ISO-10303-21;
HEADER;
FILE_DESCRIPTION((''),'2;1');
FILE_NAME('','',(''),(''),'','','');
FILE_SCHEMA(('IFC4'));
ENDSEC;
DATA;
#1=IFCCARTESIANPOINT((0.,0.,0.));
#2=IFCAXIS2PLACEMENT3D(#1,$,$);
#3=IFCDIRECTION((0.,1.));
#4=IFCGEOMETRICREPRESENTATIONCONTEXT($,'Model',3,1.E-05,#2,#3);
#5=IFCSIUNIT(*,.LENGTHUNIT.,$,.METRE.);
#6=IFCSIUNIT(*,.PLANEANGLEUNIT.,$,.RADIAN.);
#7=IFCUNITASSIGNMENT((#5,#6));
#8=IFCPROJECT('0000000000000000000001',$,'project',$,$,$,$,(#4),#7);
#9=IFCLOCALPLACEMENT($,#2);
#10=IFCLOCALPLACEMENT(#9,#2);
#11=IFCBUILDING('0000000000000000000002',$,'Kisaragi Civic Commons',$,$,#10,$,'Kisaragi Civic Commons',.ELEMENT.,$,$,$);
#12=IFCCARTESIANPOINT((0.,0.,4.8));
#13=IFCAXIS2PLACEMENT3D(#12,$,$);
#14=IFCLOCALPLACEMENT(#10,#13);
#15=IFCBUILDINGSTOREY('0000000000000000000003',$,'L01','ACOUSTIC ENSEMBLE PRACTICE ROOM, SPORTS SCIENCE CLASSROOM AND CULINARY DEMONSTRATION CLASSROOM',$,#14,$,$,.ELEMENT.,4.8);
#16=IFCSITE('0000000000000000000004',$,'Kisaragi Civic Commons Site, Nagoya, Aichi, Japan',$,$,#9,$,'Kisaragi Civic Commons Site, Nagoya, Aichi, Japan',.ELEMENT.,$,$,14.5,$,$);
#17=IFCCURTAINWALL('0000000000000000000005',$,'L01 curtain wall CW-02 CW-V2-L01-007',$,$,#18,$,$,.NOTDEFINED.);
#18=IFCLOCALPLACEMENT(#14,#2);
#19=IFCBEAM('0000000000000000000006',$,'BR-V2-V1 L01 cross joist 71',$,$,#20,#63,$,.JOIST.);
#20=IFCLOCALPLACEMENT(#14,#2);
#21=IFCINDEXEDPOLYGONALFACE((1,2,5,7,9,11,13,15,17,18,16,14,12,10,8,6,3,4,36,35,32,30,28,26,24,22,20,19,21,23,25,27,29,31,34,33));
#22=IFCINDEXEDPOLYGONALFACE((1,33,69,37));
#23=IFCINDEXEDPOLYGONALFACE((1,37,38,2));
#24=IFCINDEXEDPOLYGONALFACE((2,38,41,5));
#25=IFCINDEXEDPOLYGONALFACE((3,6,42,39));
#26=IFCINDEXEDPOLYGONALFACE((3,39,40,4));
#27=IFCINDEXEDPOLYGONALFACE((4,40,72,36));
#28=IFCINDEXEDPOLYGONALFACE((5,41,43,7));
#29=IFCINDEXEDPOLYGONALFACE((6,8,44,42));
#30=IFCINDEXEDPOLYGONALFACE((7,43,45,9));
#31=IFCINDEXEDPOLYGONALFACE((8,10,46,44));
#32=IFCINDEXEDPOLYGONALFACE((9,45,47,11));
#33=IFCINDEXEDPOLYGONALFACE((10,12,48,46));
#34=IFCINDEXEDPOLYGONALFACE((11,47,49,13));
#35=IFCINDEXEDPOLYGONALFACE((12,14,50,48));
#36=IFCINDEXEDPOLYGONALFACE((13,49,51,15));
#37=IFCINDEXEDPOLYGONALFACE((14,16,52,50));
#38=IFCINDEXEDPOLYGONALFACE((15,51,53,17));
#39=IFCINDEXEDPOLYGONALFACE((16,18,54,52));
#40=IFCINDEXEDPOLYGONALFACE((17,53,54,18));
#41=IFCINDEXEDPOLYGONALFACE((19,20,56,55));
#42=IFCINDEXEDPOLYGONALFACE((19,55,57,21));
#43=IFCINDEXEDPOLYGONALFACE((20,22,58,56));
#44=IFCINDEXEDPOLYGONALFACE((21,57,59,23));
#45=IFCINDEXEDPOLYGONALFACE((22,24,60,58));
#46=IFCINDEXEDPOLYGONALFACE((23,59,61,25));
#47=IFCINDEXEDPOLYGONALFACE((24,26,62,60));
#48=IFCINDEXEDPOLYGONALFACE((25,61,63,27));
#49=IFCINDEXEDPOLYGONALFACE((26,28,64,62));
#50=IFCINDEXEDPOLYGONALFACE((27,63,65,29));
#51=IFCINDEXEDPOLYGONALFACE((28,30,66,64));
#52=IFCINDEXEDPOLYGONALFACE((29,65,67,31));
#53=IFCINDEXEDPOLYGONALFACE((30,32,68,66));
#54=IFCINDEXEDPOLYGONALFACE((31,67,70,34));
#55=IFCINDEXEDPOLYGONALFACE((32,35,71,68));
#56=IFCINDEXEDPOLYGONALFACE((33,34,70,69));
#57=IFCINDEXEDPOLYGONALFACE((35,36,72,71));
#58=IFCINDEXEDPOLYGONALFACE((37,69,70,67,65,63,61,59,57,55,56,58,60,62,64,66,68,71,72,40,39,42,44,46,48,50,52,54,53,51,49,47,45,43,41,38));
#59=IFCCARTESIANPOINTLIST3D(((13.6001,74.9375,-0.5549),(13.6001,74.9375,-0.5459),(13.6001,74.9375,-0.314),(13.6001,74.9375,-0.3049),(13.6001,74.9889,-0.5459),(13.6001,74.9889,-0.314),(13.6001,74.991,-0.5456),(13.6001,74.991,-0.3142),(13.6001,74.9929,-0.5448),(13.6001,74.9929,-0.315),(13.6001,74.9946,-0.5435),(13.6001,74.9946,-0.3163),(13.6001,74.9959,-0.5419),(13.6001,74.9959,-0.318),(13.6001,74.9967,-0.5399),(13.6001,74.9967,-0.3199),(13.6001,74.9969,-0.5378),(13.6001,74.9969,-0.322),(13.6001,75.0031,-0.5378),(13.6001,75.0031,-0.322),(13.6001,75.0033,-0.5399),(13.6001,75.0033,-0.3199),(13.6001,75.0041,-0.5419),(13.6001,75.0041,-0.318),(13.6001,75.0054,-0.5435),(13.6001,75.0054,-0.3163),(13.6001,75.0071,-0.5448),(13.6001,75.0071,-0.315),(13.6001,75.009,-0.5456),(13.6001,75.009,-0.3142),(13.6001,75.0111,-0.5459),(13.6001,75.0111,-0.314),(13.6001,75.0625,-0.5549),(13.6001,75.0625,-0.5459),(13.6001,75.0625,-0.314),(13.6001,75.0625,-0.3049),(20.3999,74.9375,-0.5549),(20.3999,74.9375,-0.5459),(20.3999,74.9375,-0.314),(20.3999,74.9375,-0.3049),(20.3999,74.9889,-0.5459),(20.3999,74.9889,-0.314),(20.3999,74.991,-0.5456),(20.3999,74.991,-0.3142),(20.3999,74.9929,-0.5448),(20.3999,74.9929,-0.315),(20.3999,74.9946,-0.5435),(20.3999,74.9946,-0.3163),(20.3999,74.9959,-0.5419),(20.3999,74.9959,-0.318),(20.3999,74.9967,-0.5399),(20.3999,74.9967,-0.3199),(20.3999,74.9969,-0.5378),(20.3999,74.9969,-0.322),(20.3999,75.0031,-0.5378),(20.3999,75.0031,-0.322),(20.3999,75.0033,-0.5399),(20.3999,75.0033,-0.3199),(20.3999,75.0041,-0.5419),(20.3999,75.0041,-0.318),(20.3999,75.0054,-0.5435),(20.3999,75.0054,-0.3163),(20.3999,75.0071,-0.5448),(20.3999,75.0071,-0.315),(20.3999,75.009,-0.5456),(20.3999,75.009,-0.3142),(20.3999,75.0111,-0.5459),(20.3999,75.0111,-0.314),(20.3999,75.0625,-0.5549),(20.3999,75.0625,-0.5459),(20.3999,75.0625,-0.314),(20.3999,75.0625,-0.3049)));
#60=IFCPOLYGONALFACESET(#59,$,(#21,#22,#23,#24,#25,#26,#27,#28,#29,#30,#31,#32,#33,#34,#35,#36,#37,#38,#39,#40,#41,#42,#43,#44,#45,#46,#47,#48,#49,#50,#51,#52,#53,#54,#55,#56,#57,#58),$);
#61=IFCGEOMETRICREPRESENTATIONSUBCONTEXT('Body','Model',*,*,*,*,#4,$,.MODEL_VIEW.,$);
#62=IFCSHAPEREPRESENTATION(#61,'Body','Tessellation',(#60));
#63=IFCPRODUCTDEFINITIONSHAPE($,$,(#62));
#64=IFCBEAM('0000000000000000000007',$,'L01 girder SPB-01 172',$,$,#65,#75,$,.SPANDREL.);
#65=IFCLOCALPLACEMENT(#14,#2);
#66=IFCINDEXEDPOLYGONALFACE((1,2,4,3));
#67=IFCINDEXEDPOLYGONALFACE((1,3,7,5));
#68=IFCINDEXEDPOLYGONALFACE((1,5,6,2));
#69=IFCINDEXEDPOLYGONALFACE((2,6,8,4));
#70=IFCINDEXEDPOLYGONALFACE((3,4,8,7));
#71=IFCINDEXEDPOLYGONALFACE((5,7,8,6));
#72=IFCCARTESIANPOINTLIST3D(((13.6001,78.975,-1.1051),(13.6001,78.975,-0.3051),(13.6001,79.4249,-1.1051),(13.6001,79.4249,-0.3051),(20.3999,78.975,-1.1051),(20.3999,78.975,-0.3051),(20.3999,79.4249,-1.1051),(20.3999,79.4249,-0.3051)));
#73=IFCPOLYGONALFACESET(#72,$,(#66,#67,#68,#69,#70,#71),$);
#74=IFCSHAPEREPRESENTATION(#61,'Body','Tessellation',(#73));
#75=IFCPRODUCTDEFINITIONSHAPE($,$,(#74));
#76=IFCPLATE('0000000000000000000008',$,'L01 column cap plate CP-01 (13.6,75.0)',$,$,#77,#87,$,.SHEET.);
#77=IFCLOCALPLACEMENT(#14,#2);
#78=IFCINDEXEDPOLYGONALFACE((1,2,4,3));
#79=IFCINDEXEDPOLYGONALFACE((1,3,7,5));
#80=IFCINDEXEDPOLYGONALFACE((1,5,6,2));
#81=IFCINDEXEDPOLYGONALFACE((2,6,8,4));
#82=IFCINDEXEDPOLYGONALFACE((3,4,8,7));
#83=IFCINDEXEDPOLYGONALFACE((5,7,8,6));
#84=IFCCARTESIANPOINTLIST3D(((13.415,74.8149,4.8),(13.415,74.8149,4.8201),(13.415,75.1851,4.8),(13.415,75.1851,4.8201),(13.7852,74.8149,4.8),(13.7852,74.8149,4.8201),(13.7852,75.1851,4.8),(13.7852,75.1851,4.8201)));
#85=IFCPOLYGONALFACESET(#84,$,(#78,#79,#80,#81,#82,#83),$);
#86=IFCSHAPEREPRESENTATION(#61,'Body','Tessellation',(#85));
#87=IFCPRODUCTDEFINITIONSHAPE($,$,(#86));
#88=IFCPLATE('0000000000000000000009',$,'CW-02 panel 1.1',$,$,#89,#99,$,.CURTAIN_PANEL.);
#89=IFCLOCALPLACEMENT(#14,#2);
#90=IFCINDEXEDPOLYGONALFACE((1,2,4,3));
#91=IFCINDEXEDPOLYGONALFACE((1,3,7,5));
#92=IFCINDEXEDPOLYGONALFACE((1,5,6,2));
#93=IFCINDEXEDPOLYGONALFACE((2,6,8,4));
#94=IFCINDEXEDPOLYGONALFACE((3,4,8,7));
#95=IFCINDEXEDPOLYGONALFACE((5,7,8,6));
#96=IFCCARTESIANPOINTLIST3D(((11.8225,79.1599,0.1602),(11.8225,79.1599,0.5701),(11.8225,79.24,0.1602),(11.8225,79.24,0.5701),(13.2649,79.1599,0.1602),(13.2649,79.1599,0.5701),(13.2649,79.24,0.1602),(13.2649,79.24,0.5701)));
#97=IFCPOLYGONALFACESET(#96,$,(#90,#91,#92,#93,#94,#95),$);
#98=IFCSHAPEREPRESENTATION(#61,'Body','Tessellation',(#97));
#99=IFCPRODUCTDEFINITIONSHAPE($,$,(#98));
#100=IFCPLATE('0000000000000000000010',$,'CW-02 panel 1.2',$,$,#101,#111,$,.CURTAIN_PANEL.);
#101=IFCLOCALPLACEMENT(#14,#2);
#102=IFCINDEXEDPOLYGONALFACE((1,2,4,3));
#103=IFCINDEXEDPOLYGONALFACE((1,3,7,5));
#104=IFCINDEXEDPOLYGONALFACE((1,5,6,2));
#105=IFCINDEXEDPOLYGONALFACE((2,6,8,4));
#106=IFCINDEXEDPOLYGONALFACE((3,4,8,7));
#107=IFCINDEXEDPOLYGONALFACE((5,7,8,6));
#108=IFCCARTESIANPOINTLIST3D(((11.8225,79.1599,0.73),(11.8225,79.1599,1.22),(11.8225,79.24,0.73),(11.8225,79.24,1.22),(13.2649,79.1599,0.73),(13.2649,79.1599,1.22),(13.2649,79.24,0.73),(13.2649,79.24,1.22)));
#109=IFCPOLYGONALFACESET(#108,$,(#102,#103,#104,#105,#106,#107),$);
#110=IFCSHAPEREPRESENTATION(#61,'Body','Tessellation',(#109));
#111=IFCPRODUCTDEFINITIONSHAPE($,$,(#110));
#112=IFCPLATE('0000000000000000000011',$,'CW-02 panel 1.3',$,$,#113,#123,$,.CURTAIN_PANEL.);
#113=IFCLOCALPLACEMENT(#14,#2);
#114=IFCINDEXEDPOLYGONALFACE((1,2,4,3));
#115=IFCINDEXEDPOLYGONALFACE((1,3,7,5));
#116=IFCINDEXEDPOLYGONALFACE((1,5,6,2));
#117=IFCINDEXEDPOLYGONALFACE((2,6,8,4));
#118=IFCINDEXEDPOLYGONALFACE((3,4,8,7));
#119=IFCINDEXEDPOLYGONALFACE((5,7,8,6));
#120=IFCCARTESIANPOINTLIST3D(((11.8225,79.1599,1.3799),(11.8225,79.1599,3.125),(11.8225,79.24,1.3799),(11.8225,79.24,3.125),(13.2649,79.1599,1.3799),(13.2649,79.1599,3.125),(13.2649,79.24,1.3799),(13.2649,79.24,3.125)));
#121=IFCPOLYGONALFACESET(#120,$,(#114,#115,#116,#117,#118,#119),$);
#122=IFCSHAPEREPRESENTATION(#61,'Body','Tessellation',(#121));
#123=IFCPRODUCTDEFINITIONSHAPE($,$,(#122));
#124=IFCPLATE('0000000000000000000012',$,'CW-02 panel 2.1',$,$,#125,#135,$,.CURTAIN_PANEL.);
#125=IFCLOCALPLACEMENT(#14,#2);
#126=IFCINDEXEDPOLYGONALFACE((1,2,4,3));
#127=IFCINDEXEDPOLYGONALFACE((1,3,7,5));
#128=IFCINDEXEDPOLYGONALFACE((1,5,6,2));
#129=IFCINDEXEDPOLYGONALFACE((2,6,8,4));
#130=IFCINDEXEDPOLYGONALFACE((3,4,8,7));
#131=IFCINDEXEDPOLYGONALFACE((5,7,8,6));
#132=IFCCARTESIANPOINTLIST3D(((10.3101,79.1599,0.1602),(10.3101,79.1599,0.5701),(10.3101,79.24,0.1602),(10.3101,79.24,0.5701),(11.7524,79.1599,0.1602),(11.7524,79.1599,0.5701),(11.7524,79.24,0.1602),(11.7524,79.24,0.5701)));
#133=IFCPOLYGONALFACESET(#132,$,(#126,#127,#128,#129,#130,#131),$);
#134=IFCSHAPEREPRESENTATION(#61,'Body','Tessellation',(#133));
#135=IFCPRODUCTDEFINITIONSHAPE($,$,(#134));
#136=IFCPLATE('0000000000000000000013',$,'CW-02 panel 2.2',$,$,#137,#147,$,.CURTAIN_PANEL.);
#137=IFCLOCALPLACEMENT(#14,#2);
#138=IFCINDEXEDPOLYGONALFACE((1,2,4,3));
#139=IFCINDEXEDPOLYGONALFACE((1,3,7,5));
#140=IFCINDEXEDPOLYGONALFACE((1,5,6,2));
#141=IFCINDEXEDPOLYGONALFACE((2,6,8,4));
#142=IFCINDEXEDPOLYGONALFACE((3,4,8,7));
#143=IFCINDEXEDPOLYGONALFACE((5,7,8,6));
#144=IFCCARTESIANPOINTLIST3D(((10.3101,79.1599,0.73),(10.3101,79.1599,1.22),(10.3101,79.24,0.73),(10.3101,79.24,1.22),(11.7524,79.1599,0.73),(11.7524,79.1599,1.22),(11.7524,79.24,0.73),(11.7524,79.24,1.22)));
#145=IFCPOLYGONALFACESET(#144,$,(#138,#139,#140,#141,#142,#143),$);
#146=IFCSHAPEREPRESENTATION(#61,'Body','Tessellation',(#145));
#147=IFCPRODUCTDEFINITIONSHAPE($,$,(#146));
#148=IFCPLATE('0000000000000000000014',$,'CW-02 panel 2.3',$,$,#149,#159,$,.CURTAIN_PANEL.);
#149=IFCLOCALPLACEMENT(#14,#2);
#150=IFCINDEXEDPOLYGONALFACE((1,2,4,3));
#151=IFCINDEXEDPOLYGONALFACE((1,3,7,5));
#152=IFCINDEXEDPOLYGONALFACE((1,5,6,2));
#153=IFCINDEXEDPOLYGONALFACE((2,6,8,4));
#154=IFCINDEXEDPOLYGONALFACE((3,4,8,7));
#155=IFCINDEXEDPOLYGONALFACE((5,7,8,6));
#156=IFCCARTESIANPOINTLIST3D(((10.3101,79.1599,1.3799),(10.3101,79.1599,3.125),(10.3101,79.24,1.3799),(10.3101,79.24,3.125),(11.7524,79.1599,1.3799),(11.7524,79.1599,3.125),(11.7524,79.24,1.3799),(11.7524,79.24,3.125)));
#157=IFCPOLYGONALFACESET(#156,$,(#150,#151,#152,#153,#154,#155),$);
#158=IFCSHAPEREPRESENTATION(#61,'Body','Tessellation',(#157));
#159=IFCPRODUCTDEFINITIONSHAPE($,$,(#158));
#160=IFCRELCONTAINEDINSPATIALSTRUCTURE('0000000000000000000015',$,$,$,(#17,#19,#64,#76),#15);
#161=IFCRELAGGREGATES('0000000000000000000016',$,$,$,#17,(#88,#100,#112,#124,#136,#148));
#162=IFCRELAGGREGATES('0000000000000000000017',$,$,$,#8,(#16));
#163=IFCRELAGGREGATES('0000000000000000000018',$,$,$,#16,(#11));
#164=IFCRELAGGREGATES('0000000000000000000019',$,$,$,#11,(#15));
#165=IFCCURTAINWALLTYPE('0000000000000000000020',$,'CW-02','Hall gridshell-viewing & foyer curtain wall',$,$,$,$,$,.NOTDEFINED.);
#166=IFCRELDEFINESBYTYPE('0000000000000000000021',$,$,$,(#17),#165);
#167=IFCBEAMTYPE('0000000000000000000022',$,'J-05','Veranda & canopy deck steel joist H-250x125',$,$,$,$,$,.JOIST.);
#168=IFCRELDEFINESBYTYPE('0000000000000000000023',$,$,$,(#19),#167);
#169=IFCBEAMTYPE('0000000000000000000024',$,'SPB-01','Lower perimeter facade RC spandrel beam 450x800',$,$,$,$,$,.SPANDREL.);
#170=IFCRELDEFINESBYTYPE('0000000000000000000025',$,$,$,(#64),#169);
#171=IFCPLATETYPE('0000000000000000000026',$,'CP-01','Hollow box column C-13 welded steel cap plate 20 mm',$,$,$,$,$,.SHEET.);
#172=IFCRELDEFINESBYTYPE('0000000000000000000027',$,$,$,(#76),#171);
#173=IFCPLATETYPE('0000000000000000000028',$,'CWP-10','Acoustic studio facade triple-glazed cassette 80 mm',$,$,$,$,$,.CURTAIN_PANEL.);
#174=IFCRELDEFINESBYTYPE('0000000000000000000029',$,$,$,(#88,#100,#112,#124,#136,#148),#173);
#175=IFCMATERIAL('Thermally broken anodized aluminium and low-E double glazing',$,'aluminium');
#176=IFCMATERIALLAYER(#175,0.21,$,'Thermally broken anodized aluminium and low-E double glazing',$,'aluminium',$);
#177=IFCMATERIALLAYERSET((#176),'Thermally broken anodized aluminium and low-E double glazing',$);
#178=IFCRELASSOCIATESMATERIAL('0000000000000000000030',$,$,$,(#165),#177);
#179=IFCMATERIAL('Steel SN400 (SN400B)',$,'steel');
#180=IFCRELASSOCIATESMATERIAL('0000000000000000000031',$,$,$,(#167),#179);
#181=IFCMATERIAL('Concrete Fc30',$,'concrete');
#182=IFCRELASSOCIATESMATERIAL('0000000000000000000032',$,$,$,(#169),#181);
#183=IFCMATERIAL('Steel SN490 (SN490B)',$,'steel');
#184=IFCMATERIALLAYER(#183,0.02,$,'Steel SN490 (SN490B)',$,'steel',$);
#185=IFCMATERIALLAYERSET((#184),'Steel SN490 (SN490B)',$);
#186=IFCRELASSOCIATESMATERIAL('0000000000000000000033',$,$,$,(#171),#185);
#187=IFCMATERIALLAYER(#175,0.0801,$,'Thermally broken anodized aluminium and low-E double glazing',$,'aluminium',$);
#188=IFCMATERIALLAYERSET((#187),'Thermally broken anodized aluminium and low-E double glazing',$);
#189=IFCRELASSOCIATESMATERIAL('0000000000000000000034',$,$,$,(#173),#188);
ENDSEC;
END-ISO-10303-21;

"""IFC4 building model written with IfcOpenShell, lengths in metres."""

from ifc_helpers import new_model, si_unit, direction, frame, origin, origin_2d, place, context, subcontext, project, spatial, rectangle, i_section, extrude, material, layer, layer_set, material_profile, profile_set, type_object, element, aggregate, save


model = new_model("IFC4")

# Units and contexts
model_context = context("Model", 3, precision=1e-05, world=origin(), true_north=direction((0.0, 1.0)))
body_context = subcontext(model_context, "Body", "Model", "MODEL_VIEW")
ifc_project = project(units=[si_unit("LENGTHUNIT", "METRE"), si_unit("PLANEANGLEUNIT", "RADIAN")], contexts=[model_context])

# Site, building, storey
site_placement = place(None, origin())
site = spatial("IfcSite", under=ifc_project, at=site_placement, Name="Kisaragi Civic Commons Site, Nagoya, Aichi, Japan", LongName="Kisaragi Civic Commons Site, Nagoya, Aichi, Japan", CompositionType="ELEMENT", RefElevation=14.5)
building_placement = place(site_placement, origin())
building = spatial("IfcBuilding", under=site, at=building_placement, Name="Kisaragi Civic Commons", LongName="Kisaragi Civic Commons", CompositionType="ELEMENT")
storey_placement = place(building_placement, frame((0.0, 0.0, 4.8)))
storey = spatial("IfcBuildingStorey", under=building, at=storey_placement, Name="L01", Description="ACOUSTIC ENSEMBLE PRACTICE ROOM, SPORTS SCIENCE CLASSROOM AND CULINARY DEMONSTRATION CLASSROOM", CompositionType="ELEMENT", Elevation=4.8)

# Shared definitions
ifc_material_1 = material(Name="Concrete Fc30", Category="concrete")

# Curtain wall
ifc_material_2 = material(Name="Thermally broken anodized aluminium and low-E double glazing", Category="aluminium")
ifc_layer_1 = layer(ifc_material_2, 0.21, Name="Thermally broken anodized aluminium and low-E double glazing", Category="aluminium")
ifc_layer_set_1 = layer_set([ifc_layer_1], Name="Thermally broken anodized aluminium and low-E double glazing")
curtain_wall_type = type_object("IfcCurtainWallType", Name="CW-02", Description="Hall gridshell-viewing & foyer curtain wall", PredefinedType="NOTDEFINED", material=ifc_layer_set_1)
curtain_wall_placement = place(storey_placement, origin())
curtain_wall = element("IfcCurtainWall", 1, at=curtain_wall_placement, inside=storey, type_object=curtain_wall_type, Name="L01 curtain wall CW-02 CW-V2-L01-007", PredefinedType="NOTDEFINED")

# Beams
ifc_material_3 = material(Name="Steel SN490 (SN490B)", Category="steel")
ifc_material_4 = material(Name="Steel SN400 (SN400B)", Category="steel")
ifc_material_profile_1 = material_profile(ifc_material_4, i_section(OverallWidth=0.125, OverallDepth=0.25, WebThickness=0.0061, FlangeThickness=0.009, FilletRadius=0.0081, at=origin_2d()), Name="H-250x125x6x9", Category="steel")
ifc_profile_set_1 = profile_set([ifc_material_profile_1], Name="Steel SN400 (SN400B)")
beam_type_1 = type_object("IfcBeamType", Name="J-05", Description="Veranda & canopy deck steel joist H-250x125", PredefinedType="JOIST", material=ifc_profile_set_1)
beam_1_placement = place(storey_placement, frame((13.6001, 75.0, -0.4299), z_axis=(1.0, 0.0, 0.0), x_axis=(0.0, 1.0, 0.0)))
element("IfcBeam", 2, at=beam_1_placement, inside=storey, type_object=beam_type_1, Name="BR-V2-V1 L01 cross joist 71", PredefinedType="JOIST", context=body_context, shape_type="SweptSolid", body=[
    extrude(i_section(OverallWidth=0.125, OverallDepth=0.25, WebThickness=0.0061, FlangeThickness=0.009, FilletRadius=0.0081, at=origin_2d()), origin(), (0.0, 0.0, 1.0), 6.7998),
])
ifc_material_profile_2 = material_profile(ifc_material_1, rectangle(XDim=0.45, YDim=0.8, at=origin_2d()), Name="RC-450x800", Category="concrete")
ifc_profile_set_2 = profile_set([ifc_material_profile_2], Name="Concrete Fc30")
beam_type_2 = type_object("IfcBeamType", Name="SPB-01", Description="Lower perimeter facade RC spandrel beam 450x800", PredefinedType="SPANDREL", material=ifc_profile_set_2)
beam_2_placement = place(storey_placement, frame((13.6001, 79.2, -0.7051), z_axis=(1.0, 0.0, 0.0), x_axis=(0.0, 1.0, 0.0)))
element("IfcBeam", 3, at=beam_2_placement, inside=storey, type_object=beam_type_2, Name="L01 girder SPB-01 172", PredefinedType="SPANDREL", context=body_context, shape_type="SweptSolid", body=[
    extrude(rectangle(XDim=0.45, YDim=0.8, at=origin_2d()), origin(), (0.0, 0.0, 1.0), 6.7998),
])

# Plates
ifc_layer_2 = layer(ifc_material_3, 0.02, Name="Steel SN490 (SN490B)", Category="steel")
ifc_layer_set_2 = layer_set([ifc_layer_2], Name="Steel SN490 (SN490B)")
plate_type_1 = type_object("IfcPlateType", Name="CP-01", Description="Hollow box column C-13 welded steel cap plate 20 mm", PredefinedType="SHEET", material=ifc_layer_set_2)
plate_1_placement = place(storey_placement, frame((13.6001, 75.0, 4.8), z_axis=(0.0, 0.0, 1.0), x_axis=(1.0, 0.0, 0.0)))
element("IfcPlate", 4, at=plate_1_placement, inside=storey, type_object=plate_type_1, Name="L01 column cap plate CP-01 (13.6,75.0)", PredefinedType="SHEET", context=body_context, shape_type="SweptSolid", body=[
    extrude(rectangle(XDim=0.3701, YDim=0.3701, at=origin_2d()), origin(), (0.0, 0.0, 1.0), 0.02),
])
ifc_layer_3 = layer(ifc_material_2, 0.0801, Name="Thermally broken anodized aluminium and low-E double glazing", Category="aluminium")
ifc_layer_set_3 = layer_set([ifc_layer_3], Name="Thermally broken anodized aluminium and low-E double glazing")
plate_type_2 = type_object("IfcPlateType", Name="CWP-10", Description="Acoustic studio facade triple-glazed cassette 80 mm", PredefinedType="CURTAIN_PANEL", material=ifc_layer_set_3)
plate_2_placement = place(storey_placement, frame((12.5437, 79.2, 0.1602), z_axis=(0.0, 0.0, 1.0), x_axis=(-1.0, 0.0, 0.0)))
plate_2 = element("IfcPlate", 5, at=plate_2_placement, type_object=plate_type_2, Name="CW-02 panel 1.1", PredefinedType="CURTAIN_PANEL", context=body_context, shape_type="SweptSolid", body=[
    extrude(rectangle(XDim=1.4424, YDim=0.0801, at=origin_2d()), origin(), (0.0, 0.0, 1.0), 0.4099),
])
plate_3_placement = place(storey_placement, frame((12.5437, 79.2, 0.73), z_axis=(0.0, 0.0, 1.0), x_axis=(-1.0, 0.0, 0.0)))
plate_3 = element("IfcPlate", 6, at=plate_3_placement, type_object=plate_type_2, Name="CW-02 panel 1.2", PredefinedType="CURTAIN_PANEL", context=body_context, shape_type="SweptSolid", body=[
    extrude(rectangle(XDim=1.4424, YDim=0.0801, at=origin_2d()), origin(), (0.0, 0.0, 1.0), 0.49),
])
plate_4_placement = place(storey_placement, frame((12.5437, 79.2, 1.3799), z_axis=(0.0, 0.0, 1.0), x_axis=(-1.0, 0.0, 0.0)))
plate_4 = element("IfcPlate", 7, at=plate_4_placement, type_object=plate_type_2, Name="CW-02 panel 1.3", PredefinedType="CURTAIN_PANEL", context=body_context, shape_type="SweptSolid", body=[
    extrude(rectangle(XDim=1.4424, YDim=0.0801, at=origin_2d()), origin(), (0.0, 0.0, 1.0), 1.7451),
])
plate_5_placement = place(storey_placement, frame((11.0312, 79.2, 0.1602), z_axis=(0.0, 0.0, 1.0), x_axis=(-1.0, 0.0, 0.0)))
plate_5 = element("IfcPlate", 8, at=plate_5_placement, type_object=plate_type_2, Name="CW-02 panel 2.1", PredefinedType="CURTAIN_PANEL", context=body_context, shape_type="SweptSolid", body=[
    extrude(rectangle(XDim=1.4424, YDim=0.0801, at=origin_2d()), origin(), (0.0, 0.0, 1.0), 0.4099),
])
plate_6_placement = place(storey_placement, frame((11.0312, 79.2, 0.73), z_axis=(0.0, 0.0, 1.0), x_axis=(-1.0, 0.0, 0.0)))
plate_6 = element("IfcPlate", 9, at=plate_6_placement, type_object=plate_type_2, Name="CW-02 panel 2.2", PredefinedType="CURTAIN_PANEL", context=body_context, shape_type="SweptSolid", body=[
    extrude(rectangle(XDim=1.4424, YDim=0.0801, at=origin_2d()), origin(), (0.0, 0.0, 1.0), 0.49),
])
plate_7_placement = place(storey_placement, frame((11.0312, 79.2, 1.3799), z_axis=(0.0, 0.0, 1.0), x_axis=(-1.0, 0.0, 0.0)))
plate_7 = element("IfcPlate", 10, at=plate_7_placement, type_object=plate_type_2, Name="CW-02 panel 2.3", PredefinedType="CURTAIN_PANEL", context=body_context, shape_type="SweptSolid", body=[
    extrude(rectangle(XDim=1.4424, YDim=0.0801, at=origin_2d()), origin(), (0.0, 0.0, 1.0), 1.7451),
])
aggregate(curtain_wall, [plate_2, plate_3, plate_4, plate_5, plate_6, plate_7])

save(model, "model.ifc")
